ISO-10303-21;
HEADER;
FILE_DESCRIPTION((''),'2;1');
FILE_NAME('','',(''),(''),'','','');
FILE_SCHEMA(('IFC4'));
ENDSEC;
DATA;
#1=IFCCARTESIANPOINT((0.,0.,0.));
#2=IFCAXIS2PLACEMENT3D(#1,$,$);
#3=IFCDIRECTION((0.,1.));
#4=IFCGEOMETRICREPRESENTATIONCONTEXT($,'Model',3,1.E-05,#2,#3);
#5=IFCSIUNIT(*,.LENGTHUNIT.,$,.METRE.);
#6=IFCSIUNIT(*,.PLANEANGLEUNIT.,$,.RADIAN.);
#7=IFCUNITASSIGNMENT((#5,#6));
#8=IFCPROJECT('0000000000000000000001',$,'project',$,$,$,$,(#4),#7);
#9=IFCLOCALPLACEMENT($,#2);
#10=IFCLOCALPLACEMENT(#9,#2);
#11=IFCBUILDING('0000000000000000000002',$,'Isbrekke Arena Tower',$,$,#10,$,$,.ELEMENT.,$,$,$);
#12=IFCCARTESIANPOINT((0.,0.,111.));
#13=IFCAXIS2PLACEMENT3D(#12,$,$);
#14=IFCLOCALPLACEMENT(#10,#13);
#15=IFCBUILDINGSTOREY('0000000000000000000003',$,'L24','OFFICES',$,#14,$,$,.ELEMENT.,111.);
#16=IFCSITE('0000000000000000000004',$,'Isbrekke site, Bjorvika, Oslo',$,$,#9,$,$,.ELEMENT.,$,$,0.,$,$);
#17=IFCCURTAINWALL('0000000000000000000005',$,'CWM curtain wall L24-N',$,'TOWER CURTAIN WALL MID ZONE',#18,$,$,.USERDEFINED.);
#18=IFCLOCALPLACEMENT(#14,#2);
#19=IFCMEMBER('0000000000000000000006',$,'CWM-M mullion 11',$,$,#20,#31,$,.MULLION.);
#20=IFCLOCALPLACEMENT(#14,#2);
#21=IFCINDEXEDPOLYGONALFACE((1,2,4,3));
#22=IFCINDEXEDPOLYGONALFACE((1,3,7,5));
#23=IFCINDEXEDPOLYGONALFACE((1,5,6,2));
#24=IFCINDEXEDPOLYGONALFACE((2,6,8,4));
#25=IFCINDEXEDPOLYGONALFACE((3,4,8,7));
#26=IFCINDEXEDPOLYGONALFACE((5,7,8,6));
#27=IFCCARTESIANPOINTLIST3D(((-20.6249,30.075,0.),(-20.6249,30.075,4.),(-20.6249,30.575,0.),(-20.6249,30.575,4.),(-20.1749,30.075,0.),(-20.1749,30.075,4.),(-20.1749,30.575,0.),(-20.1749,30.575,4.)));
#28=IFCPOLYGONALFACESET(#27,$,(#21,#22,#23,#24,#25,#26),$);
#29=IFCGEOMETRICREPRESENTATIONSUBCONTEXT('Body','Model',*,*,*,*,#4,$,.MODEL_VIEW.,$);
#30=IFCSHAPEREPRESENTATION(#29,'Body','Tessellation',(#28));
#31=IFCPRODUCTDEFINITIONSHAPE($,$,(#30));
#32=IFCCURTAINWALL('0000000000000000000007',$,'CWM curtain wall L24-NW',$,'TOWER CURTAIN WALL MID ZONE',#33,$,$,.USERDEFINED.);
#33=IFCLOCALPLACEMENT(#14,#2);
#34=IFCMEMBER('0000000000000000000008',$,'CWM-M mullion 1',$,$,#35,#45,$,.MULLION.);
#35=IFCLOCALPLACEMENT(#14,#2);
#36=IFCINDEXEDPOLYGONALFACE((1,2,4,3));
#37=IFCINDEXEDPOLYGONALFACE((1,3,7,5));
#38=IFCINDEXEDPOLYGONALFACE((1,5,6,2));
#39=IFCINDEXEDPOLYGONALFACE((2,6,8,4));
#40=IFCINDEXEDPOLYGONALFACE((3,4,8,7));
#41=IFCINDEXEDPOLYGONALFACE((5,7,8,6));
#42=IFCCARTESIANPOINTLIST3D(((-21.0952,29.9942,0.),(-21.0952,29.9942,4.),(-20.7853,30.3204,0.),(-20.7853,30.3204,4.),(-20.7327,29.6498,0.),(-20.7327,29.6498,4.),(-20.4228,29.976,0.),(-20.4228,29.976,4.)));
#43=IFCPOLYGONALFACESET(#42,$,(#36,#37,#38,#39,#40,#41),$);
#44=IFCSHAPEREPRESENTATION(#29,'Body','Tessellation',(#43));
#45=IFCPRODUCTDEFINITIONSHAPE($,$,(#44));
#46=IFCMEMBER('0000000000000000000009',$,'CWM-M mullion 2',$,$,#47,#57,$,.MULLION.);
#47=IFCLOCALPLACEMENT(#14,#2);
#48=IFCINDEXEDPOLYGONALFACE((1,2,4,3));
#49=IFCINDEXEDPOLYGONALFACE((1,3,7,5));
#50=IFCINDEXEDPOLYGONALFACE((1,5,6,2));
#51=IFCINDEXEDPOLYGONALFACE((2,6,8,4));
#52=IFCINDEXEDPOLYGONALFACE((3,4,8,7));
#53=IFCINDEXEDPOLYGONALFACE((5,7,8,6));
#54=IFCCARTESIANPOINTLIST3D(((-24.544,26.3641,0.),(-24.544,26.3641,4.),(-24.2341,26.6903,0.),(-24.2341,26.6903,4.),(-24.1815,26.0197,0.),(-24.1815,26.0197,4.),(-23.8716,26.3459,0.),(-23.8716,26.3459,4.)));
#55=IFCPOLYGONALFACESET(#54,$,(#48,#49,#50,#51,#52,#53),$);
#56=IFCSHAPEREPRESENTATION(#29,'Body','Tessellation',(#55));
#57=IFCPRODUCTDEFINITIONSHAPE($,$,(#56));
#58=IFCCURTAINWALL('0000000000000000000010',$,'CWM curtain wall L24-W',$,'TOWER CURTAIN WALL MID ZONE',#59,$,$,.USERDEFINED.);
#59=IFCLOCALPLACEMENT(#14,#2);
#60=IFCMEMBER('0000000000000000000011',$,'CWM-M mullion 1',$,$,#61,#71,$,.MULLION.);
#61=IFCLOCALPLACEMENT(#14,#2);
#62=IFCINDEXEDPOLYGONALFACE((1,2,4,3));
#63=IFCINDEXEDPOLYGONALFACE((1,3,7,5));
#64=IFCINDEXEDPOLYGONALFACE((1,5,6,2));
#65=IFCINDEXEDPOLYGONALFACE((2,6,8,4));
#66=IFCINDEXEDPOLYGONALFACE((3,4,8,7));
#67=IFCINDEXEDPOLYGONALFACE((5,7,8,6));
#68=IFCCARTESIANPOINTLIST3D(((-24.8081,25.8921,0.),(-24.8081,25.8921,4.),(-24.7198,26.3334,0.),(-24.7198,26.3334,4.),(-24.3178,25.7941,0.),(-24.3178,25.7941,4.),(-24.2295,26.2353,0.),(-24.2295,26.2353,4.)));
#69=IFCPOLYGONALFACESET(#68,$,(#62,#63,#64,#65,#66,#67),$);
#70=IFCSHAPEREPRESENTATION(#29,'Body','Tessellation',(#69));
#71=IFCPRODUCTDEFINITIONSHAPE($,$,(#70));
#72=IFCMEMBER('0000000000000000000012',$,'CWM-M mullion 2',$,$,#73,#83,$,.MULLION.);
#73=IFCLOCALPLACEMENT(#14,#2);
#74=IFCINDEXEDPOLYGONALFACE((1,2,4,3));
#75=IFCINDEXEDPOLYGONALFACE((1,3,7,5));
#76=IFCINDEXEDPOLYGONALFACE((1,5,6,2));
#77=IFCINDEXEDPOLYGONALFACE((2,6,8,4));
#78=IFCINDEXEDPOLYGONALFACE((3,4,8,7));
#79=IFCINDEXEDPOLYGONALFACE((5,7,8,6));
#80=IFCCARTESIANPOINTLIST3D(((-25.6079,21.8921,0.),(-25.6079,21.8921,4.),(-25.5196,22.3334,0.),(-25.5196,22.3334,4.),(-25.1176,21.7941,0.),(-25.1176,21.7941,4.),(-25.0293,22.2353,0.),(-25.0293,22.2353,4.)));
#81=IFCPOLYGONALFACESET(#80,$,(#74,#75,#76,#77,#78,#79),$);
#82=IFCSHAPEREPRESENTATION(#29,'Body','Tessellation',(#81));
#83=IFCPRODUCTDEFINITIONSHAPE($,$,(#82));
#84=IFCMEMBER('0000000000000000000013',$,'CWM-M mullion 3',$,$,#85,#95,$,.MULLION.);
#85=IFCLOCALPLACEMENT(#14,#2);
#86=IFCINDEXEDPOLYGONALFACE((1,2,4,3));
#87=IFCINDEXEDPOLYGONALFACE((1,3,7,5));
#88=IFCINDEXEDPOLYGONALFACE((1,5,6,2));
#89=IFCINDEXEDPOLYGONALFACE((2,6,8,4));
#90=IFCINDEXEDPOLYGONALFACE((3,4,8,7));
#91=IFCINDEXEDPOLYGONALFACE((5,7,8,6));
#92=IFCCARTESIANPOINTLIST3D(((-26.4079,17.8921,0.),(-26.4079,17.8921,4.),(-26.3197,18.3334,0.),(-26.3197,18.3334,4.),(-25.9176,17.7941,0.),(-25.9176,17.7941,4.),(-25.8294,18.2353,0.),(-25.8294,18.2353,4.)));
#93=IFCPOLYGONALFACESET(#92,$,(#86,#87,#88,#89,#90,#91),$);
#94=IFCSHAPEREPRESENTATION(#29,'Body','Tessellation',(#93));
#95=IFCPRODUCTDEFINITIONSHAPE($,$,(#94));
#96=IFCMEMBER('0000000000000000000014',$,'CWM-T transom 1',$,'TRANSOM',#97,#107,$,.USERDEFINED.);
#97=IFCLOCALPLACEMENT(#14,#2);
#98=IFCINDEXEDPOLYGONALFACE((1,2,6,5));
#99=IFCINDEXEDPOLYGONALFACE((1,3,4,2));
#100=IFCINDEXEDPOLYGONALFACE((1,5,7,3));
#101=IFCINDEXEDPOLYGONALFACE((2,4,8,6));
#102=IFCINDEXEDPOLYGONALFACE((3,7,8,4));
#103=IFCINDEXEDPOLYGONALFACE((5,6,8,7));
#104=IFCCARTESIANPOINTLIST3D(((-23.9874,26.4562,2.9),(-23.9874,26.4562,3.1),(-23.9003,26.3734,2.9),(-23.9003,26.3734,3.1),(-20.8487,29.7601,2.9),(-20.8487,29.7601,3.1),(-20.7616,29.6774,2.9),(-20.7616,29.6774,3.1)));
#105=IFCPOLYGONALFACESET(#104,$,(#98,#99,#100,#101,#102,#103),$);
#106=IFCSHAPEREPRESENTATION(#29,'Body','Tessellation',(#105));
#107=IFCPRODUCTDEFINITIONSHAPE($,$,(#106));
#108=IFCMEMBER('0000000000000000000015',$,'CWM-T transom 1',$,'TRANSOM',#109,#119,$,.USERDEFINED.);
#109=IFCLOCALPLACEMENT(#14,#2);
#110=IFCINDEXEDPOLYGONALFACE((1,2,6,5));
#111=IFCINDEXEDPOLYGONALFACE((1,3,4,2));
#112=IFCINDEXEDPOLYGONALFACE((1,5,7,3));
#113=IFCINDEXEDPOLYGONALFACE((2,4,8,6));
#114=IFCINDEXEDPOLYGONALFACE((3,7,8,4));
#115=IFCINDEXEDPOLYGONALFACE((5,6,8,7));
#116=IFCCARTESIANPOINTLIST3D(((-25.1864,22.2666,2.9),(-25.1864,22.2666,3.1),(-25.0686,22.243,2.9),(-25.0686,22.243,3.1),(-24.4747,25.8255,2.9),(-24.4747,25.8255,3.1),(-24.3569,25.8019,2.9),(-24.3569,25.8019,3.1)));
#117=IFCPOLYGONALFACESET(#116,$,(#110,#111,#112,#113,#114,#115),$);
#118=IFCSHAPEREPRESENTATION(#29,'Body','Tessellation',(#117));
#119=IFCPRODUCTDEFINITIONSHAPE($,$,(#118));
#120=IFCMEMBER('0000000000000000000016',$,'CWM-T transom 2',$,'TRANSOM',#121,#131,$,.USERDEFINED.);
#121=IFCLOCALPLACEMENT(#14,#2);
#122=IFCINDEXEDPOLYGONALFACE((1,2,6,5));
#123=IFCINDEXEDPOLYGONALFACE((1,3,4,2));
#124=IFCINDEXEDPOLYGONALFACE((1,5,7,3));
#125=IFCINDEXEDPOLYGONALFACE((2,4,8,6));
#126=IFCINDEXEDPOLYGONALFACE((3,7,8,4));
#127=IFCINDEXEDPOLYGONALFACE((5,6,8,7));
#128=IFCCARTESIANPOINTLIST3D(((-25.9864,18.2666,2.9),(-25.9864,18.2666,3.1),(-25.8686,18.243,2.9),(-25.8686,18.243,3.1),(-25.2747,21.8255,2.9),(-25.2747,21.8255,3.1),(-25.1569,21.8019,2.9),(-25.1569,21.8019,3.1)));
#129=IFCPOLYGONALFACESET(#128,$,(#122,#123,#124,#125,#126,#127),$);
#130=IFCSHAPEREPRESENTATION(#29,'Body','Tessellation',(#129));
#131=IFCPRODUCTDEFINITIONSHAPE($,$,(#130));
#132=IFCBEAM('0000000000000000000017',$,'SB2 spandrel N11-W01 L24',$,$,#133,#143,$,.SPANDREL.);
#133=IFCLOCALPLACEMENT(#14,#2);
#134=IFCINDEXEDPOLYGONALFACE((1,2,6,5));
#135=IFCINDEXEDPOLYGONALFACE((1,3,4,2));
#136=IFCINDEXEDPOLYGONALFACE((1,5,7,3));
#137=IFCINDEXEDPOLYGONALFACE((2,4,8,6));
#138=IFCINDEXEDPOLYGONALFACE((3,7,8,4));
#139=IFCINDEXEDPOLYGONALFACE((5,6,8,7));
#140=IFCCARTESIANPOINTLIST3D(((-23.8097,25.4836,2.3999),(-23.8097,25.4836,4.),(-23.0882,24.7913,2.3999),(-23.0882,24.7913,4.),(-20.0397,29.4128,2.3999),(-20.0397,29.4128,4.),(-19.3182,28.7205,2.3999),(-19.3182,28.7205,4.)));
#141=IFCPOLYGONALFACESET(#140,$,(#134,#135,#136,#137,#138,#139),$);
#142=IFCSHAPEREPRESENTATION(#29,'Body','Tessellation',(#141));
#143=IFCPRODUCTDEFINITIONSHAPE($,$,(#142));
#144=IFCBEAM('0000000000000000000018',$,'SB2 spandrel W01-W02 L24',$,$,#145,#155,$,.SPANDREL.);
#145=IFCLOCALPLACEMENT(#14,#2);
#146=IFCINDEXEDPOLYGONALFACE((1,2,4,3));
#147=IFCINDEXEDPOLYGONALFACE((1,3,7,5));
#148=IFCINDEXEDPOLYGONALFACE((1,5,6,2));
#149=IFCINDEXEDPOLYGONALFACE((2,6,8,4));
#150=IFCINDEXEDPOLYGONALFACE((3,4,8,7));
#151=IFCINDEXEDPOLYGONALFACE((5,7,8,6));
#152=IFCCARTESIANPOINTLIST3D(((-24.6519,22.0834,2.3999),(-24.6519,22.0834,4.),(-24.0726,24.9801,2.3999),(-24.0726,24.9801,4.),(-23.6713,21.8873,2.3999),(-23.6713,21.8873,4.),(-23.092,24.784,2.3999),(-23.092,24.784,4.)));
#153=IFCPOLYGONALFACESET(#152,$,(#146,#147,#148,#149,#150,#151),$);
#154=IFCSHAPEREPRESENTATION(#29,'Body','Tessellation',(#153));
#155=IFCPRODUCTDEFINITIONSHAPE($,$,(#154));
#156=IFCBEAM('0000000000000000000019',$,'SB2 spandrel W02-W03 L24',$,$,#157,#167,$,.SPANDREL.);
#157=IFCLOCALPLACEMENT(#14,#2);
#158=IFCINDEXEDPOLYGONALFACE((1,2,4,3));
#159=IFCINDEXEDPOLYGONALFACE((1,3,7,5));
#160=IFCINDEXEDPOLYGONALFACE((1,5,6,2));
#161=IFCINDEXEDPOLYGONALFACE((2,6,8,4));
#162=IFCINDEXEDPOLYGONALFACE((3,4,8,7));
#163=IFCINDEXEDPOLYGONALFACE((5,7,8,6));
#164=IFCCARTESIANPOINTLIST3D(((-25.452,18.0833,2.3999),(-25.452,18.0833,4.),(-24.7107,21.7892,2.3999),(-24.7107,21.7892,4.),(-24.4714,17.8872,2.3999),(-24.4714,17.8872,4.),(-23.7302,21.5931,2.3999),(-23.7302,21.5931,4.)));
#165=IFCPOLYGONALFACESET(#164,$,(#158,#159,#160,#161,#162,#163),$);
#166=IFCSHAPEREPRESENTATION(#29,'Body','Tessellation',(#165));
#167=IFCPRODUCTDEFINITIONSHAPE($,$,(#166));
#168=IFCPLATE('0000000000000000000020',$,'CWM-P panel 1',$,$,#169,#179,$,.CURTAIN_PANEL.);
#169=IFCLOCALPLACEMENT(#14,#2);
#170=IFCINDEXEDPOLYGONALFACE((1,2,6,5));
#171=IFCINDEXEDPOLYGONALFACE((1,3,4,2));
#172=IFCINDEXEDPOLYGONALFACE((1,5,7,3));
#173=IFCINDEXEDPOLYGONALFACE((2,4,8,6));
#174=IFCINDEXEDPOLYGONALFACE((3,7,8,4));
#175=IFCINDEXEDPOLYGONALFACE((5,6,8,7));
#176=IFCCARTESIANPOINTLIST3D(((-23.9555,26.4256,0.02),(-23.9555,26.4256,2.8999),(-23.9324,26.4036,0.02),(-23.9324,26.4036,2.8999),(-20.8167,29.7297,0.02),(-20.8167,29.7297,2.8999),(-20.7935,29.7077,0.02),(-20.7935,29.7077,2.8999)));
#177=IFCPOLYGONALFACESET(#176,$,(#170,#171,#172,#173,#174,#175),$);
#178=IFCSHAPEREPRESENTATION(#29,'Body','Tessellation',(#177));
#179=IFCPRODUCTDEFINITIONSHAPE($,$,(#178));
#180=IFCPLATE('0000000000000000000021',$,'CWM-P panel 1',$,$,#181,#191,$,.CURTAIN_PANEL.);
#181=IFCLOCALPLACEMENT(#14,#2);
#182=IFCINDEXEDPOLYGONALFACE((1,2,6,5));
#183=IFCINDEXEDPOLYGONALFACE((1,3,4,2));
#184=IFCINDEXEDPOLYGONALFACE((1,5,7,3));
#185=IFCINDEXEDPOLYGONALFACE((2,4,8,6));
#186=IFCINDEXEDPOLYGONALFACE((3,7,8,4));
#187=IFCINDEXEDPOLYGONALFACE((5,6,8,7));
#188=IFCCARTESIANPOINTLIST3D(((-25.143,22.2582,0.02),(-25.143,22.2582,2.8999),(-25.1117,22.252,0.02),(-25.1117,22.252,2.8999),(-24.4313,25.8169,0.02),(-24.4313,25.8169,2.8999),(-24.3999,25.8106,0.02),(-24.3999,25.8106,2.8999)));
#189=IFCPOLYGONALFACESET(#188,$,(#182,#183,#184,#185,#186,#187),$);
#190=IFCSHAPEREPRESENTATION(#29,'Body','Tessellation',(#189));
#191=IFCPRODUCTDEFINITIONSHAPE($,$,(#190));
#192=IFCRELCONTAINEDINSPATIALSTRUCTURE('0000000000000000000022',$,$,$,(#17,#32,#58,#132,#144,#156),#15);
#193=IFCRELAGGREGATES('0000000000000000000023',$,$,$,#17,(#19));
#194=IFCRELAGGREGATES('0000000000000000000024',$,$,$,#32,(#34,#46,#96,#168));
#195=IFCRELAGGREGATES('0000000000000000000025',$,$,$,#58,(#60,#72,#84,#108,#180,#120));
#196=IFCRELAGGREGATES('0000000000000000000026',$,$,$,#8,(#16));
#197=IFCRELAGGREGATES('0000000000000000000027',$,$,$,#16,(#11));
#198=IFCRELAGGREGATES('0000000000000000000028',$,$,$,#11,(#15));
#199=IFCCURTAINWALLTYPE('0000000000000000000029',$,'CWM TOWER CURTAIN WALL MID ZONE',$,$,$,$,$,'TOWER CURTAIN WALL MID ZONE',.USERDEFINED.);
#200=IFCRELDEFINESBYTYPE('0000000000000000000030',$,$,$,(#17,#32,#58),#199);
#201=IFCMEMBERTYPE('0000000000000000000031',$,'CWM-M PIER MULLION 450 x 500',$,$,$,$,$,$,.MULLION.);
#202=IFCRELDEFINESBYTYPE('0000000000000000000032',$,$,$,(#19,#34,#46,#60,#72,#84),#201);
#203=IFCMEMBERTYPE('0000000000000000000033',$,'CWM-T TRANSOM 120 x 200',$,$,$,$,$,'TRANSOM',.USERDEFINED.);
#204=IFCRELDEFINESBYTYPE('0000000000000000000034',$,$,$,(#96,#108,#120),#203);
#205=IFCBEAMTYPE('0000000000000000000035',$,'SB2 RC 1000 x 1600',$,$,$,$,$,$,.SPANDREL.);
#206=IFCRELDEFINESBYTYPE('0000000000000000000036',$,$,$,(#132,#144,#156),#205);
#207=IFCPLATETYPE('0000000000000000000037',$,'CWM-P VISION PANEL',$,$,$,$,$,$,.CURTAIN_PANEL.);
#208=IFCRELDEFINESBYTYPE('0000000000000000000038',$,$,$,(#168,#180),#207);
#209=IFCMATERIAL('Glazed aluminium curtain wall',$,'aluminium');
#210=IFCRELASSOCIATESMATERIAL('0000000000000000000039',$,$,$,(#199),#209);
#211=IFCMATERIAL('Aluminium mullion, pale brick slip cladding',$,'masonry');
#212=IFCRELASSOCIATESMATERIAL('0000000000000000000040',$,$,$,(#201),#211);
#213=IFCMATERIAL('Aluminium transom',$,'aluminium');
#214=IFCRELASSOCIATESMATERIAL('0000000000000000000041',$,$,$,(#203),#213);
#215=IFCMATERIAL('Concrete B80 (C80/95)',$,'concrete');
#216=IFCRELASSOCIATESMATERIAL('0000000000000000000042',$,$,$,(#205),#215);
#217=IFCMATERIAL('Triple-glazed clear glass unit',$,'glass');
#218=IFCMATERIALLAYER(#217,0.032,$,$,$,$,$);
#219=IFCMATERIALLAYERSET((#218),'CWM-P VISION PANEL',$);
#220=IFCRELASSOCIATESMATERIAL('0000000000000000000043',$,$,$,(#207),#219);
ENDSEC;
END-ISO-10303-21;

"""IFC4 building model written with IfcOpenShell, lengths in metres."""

from ifc_helpers import new_model, si_unit, direction, frame, origin, origin_2d, place, context, subcontext, project, spatial, rectangle, extrude, material, layer, layer_set, material_profile, profile_set, type_object, element, aggregate, save


model = new_model("IFC4")

# Units and contexts
model_context = context("Model", 3, precision=1e-05, world=origin(), true_north=direction((0.0, 1.0)))
body_context = subcontext(model_context, "Body", "Model", "MODEL_VIEW")
ifc_project = project(units=[si_unit("LENGTHUNIT", "METRE"), si_unit("PLANEANGLEUNIT", "RADIAN")], contexts=[model_context])

# Site, building, storey
site_placement = place(None, origin())
site = spatial("IfcSite", under=ifc_project, at=site_placement, Name="Isbrekke site, Bjorvika, Oslo", CompositionType="ELEMENT", RefElevation=0.0)
building_placement = place(site_placement, origin())
building = spatial("IfcBuilding", under=site, at=building_placement, Name="Isbrekke Arena Tower", CompositionType="ELEMENT")
storey_placement = place(building_placement, frame((0.0, 0.0, 111.0)))
storey = spatial("IfcBuildingStorey", under=building, at=storey_placement, Name="L24", Description="OFFICES", CompositionType="ELEMENT", Elevation=111.0)

# Curtain wall, member
ifc_material_1 = material(Name="Glazed aluminium curtain wall", Category="aluminium")
curtain_wall_type = type_object("IfcCurtainWallType", Name="CWM TOWER CURTAIN WALL MID ZONE", ElementType="TOWER CURTAIN WALL MID ZONE", PredefinedType="USERDEFINED", material=ifc_material_1)
curtain_wall_1_placement = place(storey_placement, origin())
curtain_wall_1 = element("IfcCurtainWall", 1, at=curtain_wall_1_placement, inside=storey, type_object=curtain_wall_type, Name="CWM curtain wall L24-N", ObjectType="TOWER CURTAIN WALL MID ZONE", PredefinedType="USERDEFINED")
ifc_material_2 = material(Name="Aluminium mullion, pale brick slip cladding", Category="masonry")
ifc_material_profile_1 = material_profile(ifc_material_2, rectangle(XDim=0.45, YDim=0.5, at=origin_2d()), Name="PIER 450X500")
ifc_profile_set_1 = profile_set([ifc_material_profile_1], Name="Aluminium mullion, pale brick slip cladding")
member_type_1 = type_object("IfcMemberType", Name="CWM-M PIER MULLION 450 x 500", PredefinedType="MULLION", material=ifc_profile_set_1)
member_1_placement = place(storey_placement, frame((-20.3999, 30.325, 0.0), z_axis=(0.0, 0.0, 1.0), x_axis=(-1.0, 0.0, 0.0)))
member_1 = element("IfcMember", 2, at=member_1_placement, type_object=member_type_1, Name="CWM-M mullion 11", PredefinedType="MULLION", context=body_context, shape_type="SweptSolid", body=[
    extrude(rectangle(XDim=0.45, YDim=0.5, at=origin_2d()), origin(), (0.0, 0.0, 1.0), 4.0),
])
aggregate(curtain_wall_1, [member_1])

# Curtain walls, members
curtain_wall_2_placement = place(storey_placement, origin())
curtain_wall_2 = element("IfcCurtainWall", 3, at=curtain_wall_2_placement, inside=storey, type_object=curtain_wall_type, Name="CWM curtain wall L24-NW", ObjectType="TOWER CURTAIN WALL MID ZONE", PredefinedType="USERDEFINED")
member_2_placement = place(storey_placement, frame((-20.759, 29.9851, 0.0), z_axis=(0.0, 0.0, 1.0), x_axis=(-0.688749, -0.724999, 0.0)))
member_2 = element("IfcMember", 4, at=member_2_placement, type_object=member_type_1, Name="CWM-M mullion 1", PredefinedType="MULLION", context=body_context, shape_type="SweptSolid", body=[
    extrude(rectangle(XDim=0.45, YDim=0.5, at=origin_2d()), origin(), (0.0, 0.0, 1.0), 4.0),
])
member_3_placement = place(storey_placement, frame((-24.2078, 26.355, 0.0), z_axis=(0.0, 0.0, 1.0), x_axis=(-0.688749, -0.724999, 0.0)))
member_3 = element("IfcMember", 5, at=member_3_placement, type_object=member_type_1, Name="CWM-M mullion 2", PredefinedType="MULLION", context=body_context, shape_type="SweptSolid", body=[
    extrude(rectangle(XDim=0.45, YDim=0.5, at=origin_2d()), origin(), (0.0, 0.0, 1.0), 4.0),
])
curtain_wall_3_placement = place(storey_placement, origin())
curtain_wall_3 = element("IfcCurtainWall", 6, at=curtain_wall_3_placement, inside=storey, type_object=curtain_wall_type, Name="CWM curtain wall L24-W", ObjectType="TOWER CURTAIN WALL MID ZONE", PredefinedType="USERDEFINED")
member_4_placement = place(storey_placement, frame((-24.5188, 26.0637, 0.0), z_axis=(0.0, 0.0, 1.0), x_axis=(-0.196116, -0.980581, 0.0)))
member_4 = element("IfcMember", 7, at=member_4_placement, type_object=member_type_1, Name="CWM-M mullion 1", PredefinedType="MULLION", context=body_context, shape_type="SweptSolid", body=[
    extrude(rectangle(XDim=0.45, YDim=0.5, at=origin_2d()), origin(), (0.0, 0.0, 1.0), 4.0),
])
member_5_placement = place(storey_placement, frame((-25.3186, 22.0637, 0.0), z_axis=(0.0, 0.0, 1.0), x_axis=(-0.196116, -0.980581, 0.0)))
member_5 = element("IfcMember", 8, at=member_5_placement, type_object=member_type_1, Name="CWM-M mullion 2", PredefinedType="MULLION", context=body_context, shape_type="SweptSolid", body=[
    extrude(rectangle(XDim=0.45, YDim=0.5, at=origin_2d()), origin(), (0.0, 0.0, 1.0), 4.0),
])
member_6_placement = place(storey_placement, frame((-26.1187, 18.0637, 0.0), z_axis=(0.0, 0.0, 1.0), x_axis=(-0.196116, -0.980581, 0.0)))
member_6 = element("IfcMember", 9, at=member_6_placement, type_object=member_type_1, Name="CWM-M mullion 3", PredefinedType="MULLION", context=body_context, shape_type="SweptSolid", body=[
    extrude(rectangle(XDim=0.45, YDim=0.5, at=origin_2d()), origin(), (0.0, 0.0, 1.0), 4.0),
])

# Members
ifc_material_3 = material(Name="Aluminium transom", Category="aluminium")
ifc_material_profile_2 = material_profile(ifc_material_3, rectangle(XDim=0.1201, YDim=0.2, at=origin_2d()), Name="TRANSOM 120X200")
ifc_profile_set_2 = profile_set([ifc_material_profile_2], Name="Aluminium transom")
member_type_2 = type_object("IfcMemberType", Name="CWM-T TRANSOM 120 x 200", ElementType="TRANSOM", PredefinedType="USERDEFINED", material=ifc_profile_set_2)
member_7_placement = place(storey_placement, frame((-20.8052, 29.7188, 3.0), z_axis=(-0.68874, -0.725009, 0.0), x_axis=(0.725009, -0.68874, 0.0)))
member_7 = element("IfcMember", 10, at=member_7_placement, type_object=member_type_2, Name="CWM-T transom 1", ObjectType="TRANSOM", PredefinedType="USERDEFINED", context=body_context, shape_type="SweptSolid", body=[
    extrude(rectangle(XDim=0.1201, YDim=0.2, at=origin_2d()), origin(), (0.0, 0.0, 1.0), 4.5571),
])
member_8_placement = place(storey_placement, frame((-24.4158, 25.8137, 3.0), z_axis=(-0.19609, -0.980586, 0.0), x_axis=(0.980586, -0.19609, 0.0)))
member_8 = element("IfcMember", 11, at=member_8_placement, type_object=member_type_2, Name="CWM-T transom 1", ObjectType="TRANSOM", PredefinedType="USERDEFINED", context=body_context, shape_type="SweptSolid", body=[
    extrude(rectangle(XDim=0.1201, YDim=0.2, at=origin_2d()), origin(), (0.0, 0.0, 1.0), 3.6294),
])
member_9_placement = place(storey_placement, frame((-25.2158, 21.8137, 3.0), z_axis=(-0.19609, -0.980586, 0.0), x_axis=(0.980586, -0.19609, 0.0)))
member_9 = element("IfcMember", 12, at=member_9_placement, type_object=member_type_2, Name="CWM-T transom 2", ObjectType="TRANSOM", PredefinedType="USERDEFINED", context=body_context, shape_type="SweptSolid", body=[
    extrude(rectangle(XDim=0.1201, YDim=0.2, at=origin_2d()), origin(), (0.0, 0.0, 1.0), 3.6294),
])

# Beams
ifc_material_4 = material(Name="Concrete B80 (C80/95)", Category="concrete")
ifc_material_profile_3 = material_profile(ifc_material_4, rectangle(XDim=1.0, YDim=1.6001, at=origin_2d()), Name="RC 1000x1600")
ifc_profile_set_3 = profile_set([ifc_material_profile_3], Name="Concrete B80 (C80/95)")
beam_type_1 = type_object("IfcBeamType", Name="SB2 RC 1000 x 1600", PredefinedType="SPANDREL", material=ifc_profile_set_3)
beam_1_placement = place(storey_placement, frame((-19.679, 29.0667, 3.2), z_axis=(-0.69234, -0.721572, 0.0), x_axis=(0.721572, -0.69234, 0.0)))
element("IfcBeam", 13, at=beam_1_placement, inside=storey, type_object=beam_type_1, Name="SB2 spandrel N11-W01 L24", PredefinedType="SPANDREL", context=body_context, shape_type="SweptSolid", body=[
    extrude(rectangle(XDim=1.0, YDim=1.6001, at=origin_2d()), origin(), (0.0, 0.0, 1.0), 5.4453),
])
beam_2_placement = place(storey_placement, frame((-23.5823, 24.8821, 3.2), z_axis=(-0.196116, -0.980581, 0.0), x_axis=(0.980581, -0.196116, 0.0)))
element("IfcBeam", 14, at=beam_2_placement, inside=storey, type_object=beam_type_1, Name="SB2 spandrel W01-W02 L24", PredefinedType="SPANDREL", context=body_context, shape_type="SweptSolid", body=[
    extrude(rectangle(XDim=1.0, YDim=1.6001, at=origin_2d()), origin(), (0.0, 0.0, 1.0), 2.9541),
])
beam_3_placement = place(storey_placement, frame((-24.2205, 21.6912, 3.2), z_axis=(-0.196129, -0.980578, 0.0), x_axis=(0.980578, -0.196129, 0.0)))
element("IfcBeam", 15, at=beam_3_placement, inside=storey, type_object=beam_type_1, Name="SB2 spandrel W02-W03 L24", PredefinedType="SPANDREL", context=body_context, shape_type="SweptSolid", body=[
    extrude(rectangle(XDim=1.0, YDim=1.6001, at=origin_2d()), origin(), (0.0, 0.0, 1.0), 3.7793),
])

# Plates
ifc_material_5 = material(Name="Triple-glazed clear glass unit", Category="glass")
ifc_layer_1 = layer(ifc_material_5, 0.032)
ifc_layer_set_1 = layer_set([ifc_layer_1], Name="CWM-P VISION PANEL")
plate_type = type_object("IfcPlateType", Name="CWM-P VISION PANEL", PredefinedType="CURTAIN_PANEL", material=ifc_layer_set_1)
plate_1_placement = place(storey_placement, frame((-22.3745, 28.0667, 0.02), z_axis=(0.0, 0.0, 1.0), x_axis=(-0.688749, -0.724999, 0.0)))
plate_1 = element("IfcPlate", 16, at=plate_1_placement, type_object=plate_type, Name="CWM-P panel 1", PredefinedType="CURTAIN_PANEL", context=body_context, shape_type="SweptSolid", body=[
    extrude(rectangle(XDim=4.5574, YDim=0.032, at=origin_2d()), origin(), (0.0, 0.0, 1.0), 2.8799),
])
aggregate(curtain_wall_2, [member_2, member_3, member_7, plate_1])
plate_2_placement = place(storey_placement, frame((-24.7715, 24.0344, 0.02), z_axis=(0.0, 0.0, 1.0), x_axis=(-0.196116, -0.980581, 0.0)))
plate_2 = element("IfcPlate", 17, at=plate_2_placement, type_object=plate_type, Name="CWM-P panel 1", PredefinedType="CURTAIN_PANEL", context=body_context, shape_type="SweptSolid", body=[
    extrude(rectangle(XDim=3.6292, YDim=0.032, at=origin_2d()), origin(), (0.0, 0.0, 1.0), 2.8799),
])
aggregate(curtain_wall_3, [member_4, member_5, member_6, member_8, plate_2, member_9])

save(model, "model.ifc")
